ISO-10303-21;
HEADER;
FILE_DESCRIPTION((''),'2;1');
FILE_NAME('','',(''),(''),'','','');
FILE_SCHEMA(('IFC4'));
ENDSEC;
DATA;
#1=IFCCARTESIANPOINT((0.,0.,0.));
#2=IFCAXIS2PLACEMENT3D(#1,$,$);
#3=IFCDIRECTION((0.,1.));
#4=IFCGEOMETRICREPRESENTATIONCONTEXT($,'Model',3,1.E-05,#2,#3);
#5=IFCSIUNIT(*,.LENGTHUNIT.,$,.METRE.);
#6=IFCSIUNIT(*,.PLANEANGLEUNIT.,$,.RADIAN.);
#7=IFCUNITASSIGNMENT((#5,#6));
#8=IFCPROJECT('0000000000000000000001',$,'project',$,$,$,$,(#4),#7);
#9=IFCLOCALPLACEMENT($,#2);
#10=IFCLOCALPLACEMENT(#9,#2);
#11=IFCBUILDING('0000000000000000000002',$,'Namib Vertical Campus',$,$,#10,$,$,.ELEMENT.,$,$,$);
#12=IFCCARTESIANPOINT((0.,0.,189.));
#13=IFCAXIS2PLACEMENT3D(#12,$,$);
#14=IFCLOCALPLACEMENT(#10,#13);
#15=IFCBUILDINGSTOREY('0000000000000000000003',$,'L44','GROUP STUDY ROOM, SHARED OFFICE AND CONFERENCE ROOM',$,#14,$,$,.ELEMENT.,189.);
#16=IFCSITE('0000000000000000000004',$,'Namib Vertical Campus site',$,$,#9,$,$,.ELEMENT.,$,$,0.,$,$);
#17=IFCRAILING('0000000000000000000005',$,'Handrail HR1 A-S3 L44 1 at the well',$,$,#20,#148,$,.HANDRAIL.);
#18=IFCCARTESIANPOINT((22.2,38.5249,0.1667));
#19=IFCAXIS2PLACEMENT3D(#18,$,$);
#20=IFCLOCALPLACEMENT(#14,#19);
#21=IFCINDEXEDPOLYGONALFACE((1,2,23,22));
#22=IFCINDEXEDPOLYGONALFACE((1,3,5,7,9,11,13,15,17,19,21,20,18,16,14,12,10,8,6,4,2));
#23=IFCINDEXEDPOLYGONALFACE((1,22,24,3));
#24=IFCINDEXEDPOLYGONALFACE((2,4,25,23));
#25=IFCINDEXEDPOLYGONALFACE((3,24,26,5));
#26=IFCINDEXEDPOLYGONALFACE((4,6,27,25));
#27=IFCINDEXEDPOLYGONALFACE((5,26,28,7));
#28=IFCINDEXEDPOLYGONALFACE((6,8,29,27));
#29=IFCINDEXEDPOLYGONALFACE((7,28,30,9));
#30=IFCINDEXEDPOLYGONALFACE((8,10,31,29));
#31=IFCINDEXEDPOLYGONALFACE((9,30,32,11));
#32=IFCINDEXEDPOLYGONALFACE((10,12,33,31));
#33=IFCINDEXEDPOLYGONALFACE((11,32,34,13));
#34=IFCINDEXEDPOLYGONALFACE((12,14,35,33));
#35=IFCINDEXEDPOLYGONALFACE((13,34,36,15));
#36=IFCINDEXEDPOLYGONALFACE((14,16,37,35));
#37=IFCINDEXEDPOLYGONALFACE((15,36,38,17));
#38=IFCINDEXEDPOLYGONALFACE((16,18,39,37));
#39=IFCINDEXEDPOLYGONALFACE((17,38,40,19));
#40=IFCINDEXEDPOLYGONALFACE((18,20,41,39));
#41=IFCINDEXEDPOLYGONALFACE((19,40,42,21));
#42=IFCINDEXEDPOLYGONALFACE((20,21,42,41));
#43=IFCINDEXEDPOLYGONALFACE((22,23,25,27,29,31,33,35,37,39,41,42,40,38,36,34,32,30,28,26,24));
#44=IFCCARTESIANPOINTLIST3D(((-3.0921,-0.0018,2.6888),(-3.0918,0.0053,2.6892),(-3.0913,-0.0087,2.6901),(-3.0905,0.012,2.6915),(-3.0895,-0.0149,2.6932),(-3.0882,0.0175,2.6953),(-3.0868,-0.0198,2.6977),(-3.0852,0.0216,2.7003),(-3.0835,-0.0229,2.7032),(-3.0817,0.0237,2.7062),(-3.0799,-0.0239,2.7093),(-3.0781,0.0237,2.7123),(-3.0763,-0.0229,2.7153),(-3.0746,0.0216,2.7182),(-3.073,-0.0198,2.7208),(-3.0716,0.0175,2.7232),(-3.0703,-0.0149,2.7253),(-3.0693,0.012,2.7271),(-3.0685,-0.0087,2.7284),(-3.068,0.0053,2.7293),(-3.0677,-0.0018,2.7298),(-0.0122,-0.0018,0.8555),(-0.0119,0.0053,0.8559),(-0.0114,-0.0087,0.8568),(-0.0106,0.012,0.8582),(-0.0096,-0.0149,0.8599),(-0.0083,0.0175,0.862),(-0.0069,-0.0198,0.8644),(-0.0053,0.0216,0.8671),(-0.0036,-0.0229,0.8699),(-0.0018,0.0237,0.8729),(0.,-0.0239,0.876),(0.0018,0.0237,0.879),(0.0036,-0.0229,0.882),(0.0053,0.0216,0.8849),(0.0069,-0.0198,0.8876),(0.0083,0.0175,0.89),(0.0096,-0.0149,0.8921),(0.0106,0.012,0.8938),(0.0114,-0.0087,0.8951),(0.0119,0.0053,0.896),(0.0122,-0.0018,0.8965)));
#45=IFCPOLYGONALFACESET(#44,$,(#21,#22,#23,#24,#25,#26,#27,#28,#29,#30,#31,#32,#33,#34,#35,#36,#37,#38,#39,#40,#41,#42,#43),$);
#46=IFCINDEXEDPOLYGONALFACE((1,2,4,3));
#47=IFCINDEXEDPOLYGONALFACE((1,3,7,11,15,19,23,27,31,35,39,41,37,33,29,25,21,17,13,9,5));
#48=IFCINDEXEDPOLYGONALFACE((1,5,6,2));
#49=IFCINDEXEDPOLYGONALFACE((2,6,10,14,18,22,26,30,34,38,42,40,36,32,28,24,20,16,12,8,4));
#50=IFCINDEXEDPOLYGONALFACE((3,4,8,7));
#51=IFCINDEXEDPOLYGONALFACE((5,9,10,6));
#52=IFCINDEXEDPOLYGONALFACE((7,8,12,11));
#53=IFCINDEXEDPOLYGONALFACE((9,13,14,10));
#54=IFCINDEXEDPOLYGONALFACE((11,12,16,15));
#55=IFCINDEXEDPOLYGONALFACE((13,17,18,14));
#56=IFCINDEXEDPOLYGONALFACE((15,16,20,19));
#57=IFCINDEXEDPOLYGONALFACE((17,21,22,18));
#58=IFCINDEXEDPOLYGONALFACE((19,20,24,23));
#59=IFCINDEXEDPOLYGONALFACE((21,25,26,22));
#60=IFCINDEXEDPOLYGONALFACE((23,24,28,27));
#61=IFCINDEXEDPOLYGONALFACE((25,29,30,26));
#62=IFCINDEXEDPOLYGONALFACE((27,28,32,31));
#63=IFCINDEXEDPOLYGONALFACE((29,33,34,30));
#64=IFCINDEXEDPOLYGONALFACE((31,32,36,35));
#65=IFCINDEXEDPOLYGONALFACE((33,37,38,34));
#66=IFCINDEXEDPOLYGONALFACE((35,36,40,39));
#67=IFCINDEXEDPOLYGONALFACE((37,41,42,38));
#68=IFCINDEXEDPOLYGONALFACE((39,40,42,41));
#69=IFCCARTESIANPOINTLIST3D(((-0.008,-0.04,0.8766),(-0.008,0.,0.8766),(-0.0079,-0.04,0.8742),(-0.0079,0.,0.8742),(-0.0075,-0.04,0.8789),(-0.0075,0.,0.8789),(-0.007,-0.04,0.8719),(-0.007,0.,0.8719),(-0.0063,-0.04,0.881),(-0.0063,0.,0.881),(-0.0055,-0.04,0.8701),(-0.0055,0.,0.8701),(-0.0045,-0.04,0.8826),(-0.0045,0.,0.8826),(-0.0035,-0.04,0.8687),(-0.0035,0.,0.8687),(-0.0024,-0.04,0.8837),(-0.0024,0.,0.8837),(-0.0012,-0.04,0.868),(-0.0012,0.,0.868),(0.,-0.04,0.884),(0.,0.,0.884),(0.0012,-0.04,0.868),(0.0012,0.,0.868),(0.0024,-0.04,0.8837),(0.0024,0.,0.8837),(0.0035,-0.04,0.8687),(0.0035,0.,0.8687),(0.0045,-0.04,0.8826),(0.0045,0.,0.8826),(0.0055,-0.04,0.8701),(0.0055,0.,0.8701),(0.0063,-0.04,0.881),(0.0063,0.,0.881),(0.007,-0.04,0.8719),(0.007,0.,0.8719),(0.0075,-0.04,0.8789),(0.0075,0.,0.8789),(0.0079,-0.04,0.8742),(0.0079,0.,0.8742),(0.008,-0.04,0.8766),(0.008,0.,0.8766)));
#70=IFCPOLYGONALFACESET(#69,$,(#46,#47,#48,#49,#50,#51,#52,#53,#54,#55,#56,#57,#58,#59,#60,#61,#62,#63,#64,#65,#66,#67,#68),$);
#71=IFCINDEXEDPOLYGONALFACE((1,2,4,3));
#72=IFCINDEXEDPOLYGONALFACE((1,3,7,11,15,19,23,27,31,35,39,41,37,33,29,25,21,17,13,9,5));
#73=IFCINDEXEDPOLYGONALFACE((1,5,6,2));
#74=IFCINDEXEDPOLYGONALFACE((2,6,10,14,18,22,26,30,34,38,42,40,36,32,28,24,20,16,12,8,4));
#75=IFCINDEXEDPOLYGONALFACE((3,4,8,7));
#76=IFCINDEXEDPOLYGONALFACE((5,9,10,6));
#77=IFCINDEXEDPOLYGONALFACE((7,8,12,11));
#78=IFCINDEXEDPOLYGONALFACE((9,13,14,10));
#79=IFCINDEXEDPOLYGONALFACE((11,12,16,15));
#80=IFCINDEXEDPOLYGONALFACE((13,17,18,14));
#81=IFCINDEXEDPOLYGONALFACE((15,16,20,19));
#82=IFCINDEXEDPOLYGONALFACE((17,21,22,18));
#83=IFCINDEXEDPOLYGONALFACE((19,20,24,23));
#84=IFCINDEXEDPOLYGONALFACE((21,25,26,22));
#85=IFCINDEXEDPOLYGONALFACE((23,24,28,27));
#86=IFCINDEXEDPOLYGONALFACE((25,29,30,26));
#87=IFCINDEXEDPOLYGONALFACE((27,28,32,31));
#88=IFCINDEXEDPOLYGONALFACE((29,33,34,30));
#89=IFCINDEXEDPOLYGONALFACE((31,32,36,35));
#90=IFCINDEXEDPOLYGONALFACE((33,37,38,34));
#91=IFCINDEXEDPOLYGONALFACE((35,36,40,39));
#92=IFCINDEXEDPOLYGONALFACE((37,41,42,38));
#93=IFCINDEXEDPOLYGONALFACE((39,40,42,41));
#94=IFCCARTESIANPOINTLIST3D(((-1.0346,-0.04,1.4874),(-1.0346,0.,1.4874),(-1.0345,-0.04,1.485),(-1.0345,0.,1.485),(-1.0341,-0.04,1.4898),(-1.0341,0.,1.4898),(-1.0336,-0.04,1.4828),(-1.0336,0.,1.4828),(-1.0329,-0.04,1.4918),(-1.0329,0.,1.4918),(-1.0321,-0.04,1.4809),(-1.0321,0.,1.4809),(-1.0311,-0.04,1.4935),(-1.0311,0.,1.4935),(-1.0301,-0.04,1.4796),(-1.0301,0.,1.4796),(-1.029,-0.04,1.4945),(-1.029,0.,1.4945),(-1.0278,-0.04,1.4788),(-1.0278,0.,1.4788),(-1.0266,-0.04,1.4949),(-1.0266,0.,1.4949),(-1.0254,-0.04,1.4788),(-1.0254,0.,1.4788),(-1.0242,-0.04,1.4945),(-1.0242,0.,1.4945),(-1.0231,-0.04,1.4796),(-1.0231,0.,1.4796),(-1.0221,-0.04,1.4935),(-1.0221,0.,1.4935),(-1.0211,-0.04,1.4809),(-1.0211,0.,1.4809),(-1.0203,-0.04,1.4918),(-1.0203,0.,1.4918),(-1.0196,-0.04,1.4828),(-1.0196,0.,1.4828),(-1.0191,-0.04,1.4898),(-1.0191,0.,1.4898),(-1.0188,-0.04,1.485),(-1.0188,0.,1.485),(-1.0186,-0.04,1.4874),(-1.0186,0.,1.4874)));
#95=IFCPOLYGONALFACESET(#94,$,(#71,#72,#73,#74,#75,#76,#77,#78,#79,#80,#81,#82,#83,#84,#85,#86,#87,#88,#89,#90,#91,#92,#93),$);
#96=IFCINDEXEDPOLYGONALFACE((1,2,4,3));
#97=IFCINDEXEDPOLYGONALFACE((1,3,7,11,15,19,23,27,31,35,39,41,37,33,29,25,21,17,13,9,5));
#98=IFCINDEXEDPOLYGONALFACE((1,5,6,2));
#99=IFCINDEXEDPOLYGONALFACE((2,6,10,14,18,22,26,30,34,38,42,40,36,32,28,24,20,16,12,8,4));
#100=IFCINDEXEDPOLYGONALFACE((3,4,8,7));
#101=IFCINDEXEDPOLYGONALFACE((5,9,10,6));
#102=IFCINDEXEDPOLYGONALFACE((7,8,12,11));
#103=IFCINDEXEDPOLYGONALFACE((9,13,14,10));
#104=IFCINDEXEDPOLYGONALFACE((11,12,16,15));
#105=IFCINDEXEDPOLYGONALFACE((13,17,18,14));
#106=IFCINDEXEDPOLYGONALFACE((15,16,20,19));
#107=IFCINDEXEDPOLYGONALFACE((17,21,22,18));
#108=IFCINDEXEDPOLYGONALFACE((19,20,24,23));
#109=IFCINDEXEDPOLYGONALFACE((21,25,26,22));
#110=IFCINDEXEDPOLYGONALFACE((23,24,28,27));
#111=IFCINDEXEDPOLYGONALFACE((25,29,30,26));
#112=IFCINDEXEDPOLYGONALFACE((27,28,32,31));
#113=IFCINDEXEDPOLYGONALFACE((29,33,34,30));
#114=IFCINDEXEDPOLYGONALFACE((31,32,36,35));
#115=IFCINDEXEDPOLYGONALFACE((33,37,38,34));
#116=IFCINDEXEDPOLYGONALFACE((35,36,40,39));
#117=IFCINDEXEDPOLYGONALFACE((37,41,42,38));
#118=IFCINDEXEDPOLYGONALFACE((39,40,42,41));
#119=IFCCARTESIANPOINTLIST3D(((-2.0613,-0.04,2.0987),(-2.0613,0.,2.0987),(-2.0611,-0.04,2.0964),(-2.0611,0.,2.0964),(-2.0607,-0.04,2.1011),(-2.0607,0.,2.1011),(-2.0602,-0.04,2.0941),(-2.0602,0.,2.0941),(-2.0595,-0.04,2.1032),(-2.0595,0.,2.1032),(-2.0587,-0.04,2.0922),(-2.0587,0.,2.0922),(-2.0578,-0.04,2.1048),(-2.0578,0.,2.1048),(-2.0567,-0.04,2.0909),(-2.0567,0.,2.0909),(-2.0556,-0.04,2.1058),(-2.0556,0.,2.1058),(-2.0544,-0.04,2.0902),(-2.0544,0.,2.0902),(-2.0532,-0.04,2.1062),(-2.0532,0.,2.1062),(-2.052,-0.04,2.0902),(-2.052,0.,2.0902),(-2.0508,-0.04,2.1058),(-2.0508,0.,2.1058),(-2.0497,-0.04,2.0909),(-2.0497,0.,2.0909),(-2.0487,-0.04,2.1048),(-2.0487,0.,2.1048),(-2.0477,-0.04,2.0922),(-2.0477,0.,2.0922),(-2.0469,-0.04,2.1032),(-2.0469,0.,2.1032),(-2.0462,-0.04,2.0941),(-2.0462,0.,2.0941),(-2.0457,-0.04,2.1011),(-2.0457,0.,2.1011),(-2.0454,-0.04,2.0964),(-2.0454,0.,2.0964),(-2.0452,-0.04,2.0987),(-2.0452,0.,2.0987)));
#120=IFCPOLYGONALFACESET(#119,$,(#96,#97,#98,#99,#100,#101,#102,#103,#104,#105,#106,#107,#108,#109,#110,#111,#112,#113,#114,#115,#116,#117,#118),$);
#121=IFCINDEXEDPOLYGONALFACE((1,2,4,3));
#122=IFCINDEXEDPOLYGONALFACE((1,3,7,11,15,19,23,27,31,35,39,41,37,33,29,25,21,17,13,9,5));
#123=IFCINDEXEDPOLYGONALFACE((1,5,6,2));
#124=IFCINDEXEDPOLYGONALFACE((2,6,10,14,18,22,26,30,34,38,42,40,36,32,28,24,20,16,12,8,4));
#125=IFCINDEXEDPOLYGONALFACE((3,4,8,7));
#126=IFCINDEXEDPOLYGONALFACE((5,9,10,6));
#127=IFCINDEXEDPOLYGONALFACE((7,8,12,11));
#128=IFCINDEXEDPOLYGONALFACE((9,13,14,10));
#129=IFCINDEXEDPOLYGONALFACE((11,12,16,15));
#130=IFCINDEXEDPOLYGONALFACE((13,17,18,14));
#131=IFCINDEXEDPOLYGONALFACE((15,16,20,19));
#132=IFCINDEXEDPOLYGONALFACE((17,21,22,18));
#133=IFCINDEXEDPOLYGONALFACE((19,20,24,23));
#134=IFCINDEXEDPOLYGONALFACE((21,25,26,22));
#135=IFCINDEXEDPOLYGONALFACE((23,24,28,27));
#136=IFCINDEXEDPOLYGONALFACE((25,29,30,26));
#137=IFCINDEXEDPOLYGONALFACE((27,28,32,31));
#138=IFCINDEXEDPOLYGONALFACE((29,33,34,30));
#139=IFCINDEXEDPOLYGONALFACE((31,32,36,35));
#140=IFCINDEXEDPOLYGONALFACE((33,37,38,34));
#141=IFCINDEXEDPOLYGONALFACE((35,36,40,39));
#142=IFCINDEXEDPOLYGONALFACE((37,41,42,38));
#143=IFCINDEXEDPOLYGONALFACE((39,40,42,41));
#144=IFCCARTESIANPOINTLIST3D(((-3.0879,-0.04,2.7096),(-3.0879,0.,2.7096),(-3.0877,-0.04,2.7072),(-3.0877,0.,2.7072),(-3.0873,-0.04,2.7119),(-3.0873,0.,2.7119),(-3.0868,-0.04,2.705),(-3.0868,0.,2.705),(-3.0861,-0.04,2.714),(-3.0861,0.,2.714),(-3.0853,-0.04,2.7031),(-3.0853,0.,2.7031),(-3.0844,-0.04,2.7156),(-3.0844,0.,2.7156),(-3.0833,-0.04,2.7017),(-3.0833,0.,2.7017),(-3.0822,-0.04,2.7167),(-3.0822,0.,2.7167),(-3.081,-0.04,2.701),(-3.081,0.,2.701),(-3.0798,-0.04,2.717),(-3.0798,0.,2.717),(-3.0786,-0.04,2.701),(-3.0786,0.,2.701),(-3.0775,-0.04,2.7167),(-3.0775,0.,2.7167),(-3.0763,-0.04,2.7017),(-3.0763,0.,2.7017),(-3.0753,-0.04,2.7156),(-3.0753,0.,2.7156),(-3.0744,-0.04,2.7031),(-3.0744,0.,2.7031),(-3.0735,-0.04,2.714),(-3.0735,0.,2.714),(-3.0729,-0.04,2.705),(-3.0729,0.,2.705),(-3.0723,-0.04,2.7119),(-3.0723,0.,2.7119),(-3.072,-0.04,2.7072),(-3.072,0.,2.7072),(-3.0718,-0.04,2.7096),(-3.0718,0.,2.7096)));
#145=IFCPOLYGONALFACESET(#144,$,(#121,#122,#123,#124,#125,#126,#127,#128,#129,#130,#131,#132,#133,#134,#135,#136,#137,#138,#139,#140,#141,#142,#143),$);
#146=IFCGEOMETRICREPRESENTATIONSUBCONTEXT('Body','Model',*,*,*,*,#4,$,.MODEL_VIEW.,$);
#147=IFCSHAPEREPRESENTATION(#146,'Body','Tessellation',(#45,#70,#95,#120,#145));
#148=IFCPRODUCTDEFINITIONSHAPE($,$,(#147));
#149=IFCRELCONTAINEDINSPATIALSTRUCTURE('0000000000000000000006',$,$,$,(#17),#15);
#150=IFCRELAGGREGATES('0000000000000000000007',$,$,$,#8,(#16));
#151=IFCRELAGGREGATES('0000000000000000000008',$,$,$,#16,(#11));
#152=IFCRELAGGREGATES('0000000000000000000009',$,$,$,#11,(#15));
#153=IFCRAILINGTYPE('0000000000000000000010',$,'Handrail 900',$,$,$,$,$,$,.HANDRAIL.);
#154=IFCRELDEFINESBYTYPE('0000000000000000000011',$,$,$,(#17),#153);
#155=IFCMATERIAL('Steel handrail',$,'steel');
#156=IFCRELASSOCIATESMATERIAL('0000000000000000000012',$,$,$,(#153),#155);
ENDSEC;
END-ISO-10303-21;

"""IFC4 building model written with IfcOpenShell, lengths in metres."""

from ifc_helpers import new_model, si_unit, direction, frame, origin, origin_2d, place, context, subcontext, project, spatial, circle, extrude, material, type_object, element, save


model = new_model("IFC4")

# Units and contexts
model_context = context("Model", 3, precision=1e-05, world=origin(), true_north=direction((0.0, 1.0)))
body_context = subcontext(model_context, "Body", "Model", "MODEL_VIEW")
ifc_project = project(units=[si_unit("LENGTHUNIT", "METRE"), si_unit("PLANEANGLEUNIT", "RADIAN")], contexts=[model_context])

# Site, building, storey
site_placement = place(None, origin())
site = spatial("IfcSite", under=ifc_project, at=site_placement, Name="Namib Vertical Campus site", CompositionType="ELEMENT", RefElevation=0.0)
building_placement = place(site_placement, origin())
building = spatial("IfcBuilding", under=site, at=building_placement, Name="Namib Vertical Campus", CompositionType="ELEMENT")
storey_placement = place(building_placement, frame((0.0, 0.0, 189.0)))
storey = spatial("IfcBuildingStorey", under=building, at=storey_placement, Name="L44", Description="GROUP STUDY ROOM, SHARED OFFICE AND CONFERENCE ROOM", CompositionType="ELEMENT", Elevation=189.0)

# Railing
ifc_material_1 = material(Name="Steel handrail", Category="steel")
railing_type_1 = type_object("IfcRailingType", Name="Handrail 900", PredefinedType="HANDRAIL", material=ifc_material_1)
railing_1_placement = place(storey_placement, frame((22.2, 38.5249, 0.1667)))
element("IfcRailing", 1, at=railing_1_placement, inside=storey, type_object=railing_type_1, Name="Handrail HR1 A-S3 L44 1 at the well", PredefinedType="HANDRAIL", context=body_context, shape_type="SweptSolid", body=[
    extrude(circle(Radius=0.0239, at=origin_2d()), frame((0.0, 0.0, 0.876), z_axis=(-0.859291, 0.0, 0.511487), x_axis=(0.0, -1.0, 0.0)), (0.0, 0.0, 1.0), 3.5842),
    extrude(circle(Radius=0.0081, at=origin_2d()), frame((0.0, 0.0, 0.876), z_axis=(0.0, -1.0, 0.0), x_axis=(0.0, 0.0, 1.0)), (0.0, 0.0, 1.0), 0.04),
    extrude(circle(Radius=0.0081, at=origin_2d()), frame((-1.0266, 0.0, 1.4868), z_axis=(0.0, -1.0, 0.0), x_axis=(0.0, 0.0, 1.0)), (0.0, 0.0, 1.0), 0.04),
    extrude(circle(Radius=0.0081, at=origin_2d()), frame((-2.0532, 0.0, 2.0981), z_axis=(0.0, -1.0, 0.0), x_axis=(0.0, 0.0, 1.0)), (0.0, 0.0, 1.0), 0.04),
    extrude(circle(Radius=0.0081, at=origin_2d()), frame((-3.0798, 0.0, 2.709), z_axis=(0.0, -1.0, 0.0), x_axis=(0.0, 0.0, 1.0)), (0.0, 0.0, 1.0), 0.04),
])

save(model, "model.ifc")
